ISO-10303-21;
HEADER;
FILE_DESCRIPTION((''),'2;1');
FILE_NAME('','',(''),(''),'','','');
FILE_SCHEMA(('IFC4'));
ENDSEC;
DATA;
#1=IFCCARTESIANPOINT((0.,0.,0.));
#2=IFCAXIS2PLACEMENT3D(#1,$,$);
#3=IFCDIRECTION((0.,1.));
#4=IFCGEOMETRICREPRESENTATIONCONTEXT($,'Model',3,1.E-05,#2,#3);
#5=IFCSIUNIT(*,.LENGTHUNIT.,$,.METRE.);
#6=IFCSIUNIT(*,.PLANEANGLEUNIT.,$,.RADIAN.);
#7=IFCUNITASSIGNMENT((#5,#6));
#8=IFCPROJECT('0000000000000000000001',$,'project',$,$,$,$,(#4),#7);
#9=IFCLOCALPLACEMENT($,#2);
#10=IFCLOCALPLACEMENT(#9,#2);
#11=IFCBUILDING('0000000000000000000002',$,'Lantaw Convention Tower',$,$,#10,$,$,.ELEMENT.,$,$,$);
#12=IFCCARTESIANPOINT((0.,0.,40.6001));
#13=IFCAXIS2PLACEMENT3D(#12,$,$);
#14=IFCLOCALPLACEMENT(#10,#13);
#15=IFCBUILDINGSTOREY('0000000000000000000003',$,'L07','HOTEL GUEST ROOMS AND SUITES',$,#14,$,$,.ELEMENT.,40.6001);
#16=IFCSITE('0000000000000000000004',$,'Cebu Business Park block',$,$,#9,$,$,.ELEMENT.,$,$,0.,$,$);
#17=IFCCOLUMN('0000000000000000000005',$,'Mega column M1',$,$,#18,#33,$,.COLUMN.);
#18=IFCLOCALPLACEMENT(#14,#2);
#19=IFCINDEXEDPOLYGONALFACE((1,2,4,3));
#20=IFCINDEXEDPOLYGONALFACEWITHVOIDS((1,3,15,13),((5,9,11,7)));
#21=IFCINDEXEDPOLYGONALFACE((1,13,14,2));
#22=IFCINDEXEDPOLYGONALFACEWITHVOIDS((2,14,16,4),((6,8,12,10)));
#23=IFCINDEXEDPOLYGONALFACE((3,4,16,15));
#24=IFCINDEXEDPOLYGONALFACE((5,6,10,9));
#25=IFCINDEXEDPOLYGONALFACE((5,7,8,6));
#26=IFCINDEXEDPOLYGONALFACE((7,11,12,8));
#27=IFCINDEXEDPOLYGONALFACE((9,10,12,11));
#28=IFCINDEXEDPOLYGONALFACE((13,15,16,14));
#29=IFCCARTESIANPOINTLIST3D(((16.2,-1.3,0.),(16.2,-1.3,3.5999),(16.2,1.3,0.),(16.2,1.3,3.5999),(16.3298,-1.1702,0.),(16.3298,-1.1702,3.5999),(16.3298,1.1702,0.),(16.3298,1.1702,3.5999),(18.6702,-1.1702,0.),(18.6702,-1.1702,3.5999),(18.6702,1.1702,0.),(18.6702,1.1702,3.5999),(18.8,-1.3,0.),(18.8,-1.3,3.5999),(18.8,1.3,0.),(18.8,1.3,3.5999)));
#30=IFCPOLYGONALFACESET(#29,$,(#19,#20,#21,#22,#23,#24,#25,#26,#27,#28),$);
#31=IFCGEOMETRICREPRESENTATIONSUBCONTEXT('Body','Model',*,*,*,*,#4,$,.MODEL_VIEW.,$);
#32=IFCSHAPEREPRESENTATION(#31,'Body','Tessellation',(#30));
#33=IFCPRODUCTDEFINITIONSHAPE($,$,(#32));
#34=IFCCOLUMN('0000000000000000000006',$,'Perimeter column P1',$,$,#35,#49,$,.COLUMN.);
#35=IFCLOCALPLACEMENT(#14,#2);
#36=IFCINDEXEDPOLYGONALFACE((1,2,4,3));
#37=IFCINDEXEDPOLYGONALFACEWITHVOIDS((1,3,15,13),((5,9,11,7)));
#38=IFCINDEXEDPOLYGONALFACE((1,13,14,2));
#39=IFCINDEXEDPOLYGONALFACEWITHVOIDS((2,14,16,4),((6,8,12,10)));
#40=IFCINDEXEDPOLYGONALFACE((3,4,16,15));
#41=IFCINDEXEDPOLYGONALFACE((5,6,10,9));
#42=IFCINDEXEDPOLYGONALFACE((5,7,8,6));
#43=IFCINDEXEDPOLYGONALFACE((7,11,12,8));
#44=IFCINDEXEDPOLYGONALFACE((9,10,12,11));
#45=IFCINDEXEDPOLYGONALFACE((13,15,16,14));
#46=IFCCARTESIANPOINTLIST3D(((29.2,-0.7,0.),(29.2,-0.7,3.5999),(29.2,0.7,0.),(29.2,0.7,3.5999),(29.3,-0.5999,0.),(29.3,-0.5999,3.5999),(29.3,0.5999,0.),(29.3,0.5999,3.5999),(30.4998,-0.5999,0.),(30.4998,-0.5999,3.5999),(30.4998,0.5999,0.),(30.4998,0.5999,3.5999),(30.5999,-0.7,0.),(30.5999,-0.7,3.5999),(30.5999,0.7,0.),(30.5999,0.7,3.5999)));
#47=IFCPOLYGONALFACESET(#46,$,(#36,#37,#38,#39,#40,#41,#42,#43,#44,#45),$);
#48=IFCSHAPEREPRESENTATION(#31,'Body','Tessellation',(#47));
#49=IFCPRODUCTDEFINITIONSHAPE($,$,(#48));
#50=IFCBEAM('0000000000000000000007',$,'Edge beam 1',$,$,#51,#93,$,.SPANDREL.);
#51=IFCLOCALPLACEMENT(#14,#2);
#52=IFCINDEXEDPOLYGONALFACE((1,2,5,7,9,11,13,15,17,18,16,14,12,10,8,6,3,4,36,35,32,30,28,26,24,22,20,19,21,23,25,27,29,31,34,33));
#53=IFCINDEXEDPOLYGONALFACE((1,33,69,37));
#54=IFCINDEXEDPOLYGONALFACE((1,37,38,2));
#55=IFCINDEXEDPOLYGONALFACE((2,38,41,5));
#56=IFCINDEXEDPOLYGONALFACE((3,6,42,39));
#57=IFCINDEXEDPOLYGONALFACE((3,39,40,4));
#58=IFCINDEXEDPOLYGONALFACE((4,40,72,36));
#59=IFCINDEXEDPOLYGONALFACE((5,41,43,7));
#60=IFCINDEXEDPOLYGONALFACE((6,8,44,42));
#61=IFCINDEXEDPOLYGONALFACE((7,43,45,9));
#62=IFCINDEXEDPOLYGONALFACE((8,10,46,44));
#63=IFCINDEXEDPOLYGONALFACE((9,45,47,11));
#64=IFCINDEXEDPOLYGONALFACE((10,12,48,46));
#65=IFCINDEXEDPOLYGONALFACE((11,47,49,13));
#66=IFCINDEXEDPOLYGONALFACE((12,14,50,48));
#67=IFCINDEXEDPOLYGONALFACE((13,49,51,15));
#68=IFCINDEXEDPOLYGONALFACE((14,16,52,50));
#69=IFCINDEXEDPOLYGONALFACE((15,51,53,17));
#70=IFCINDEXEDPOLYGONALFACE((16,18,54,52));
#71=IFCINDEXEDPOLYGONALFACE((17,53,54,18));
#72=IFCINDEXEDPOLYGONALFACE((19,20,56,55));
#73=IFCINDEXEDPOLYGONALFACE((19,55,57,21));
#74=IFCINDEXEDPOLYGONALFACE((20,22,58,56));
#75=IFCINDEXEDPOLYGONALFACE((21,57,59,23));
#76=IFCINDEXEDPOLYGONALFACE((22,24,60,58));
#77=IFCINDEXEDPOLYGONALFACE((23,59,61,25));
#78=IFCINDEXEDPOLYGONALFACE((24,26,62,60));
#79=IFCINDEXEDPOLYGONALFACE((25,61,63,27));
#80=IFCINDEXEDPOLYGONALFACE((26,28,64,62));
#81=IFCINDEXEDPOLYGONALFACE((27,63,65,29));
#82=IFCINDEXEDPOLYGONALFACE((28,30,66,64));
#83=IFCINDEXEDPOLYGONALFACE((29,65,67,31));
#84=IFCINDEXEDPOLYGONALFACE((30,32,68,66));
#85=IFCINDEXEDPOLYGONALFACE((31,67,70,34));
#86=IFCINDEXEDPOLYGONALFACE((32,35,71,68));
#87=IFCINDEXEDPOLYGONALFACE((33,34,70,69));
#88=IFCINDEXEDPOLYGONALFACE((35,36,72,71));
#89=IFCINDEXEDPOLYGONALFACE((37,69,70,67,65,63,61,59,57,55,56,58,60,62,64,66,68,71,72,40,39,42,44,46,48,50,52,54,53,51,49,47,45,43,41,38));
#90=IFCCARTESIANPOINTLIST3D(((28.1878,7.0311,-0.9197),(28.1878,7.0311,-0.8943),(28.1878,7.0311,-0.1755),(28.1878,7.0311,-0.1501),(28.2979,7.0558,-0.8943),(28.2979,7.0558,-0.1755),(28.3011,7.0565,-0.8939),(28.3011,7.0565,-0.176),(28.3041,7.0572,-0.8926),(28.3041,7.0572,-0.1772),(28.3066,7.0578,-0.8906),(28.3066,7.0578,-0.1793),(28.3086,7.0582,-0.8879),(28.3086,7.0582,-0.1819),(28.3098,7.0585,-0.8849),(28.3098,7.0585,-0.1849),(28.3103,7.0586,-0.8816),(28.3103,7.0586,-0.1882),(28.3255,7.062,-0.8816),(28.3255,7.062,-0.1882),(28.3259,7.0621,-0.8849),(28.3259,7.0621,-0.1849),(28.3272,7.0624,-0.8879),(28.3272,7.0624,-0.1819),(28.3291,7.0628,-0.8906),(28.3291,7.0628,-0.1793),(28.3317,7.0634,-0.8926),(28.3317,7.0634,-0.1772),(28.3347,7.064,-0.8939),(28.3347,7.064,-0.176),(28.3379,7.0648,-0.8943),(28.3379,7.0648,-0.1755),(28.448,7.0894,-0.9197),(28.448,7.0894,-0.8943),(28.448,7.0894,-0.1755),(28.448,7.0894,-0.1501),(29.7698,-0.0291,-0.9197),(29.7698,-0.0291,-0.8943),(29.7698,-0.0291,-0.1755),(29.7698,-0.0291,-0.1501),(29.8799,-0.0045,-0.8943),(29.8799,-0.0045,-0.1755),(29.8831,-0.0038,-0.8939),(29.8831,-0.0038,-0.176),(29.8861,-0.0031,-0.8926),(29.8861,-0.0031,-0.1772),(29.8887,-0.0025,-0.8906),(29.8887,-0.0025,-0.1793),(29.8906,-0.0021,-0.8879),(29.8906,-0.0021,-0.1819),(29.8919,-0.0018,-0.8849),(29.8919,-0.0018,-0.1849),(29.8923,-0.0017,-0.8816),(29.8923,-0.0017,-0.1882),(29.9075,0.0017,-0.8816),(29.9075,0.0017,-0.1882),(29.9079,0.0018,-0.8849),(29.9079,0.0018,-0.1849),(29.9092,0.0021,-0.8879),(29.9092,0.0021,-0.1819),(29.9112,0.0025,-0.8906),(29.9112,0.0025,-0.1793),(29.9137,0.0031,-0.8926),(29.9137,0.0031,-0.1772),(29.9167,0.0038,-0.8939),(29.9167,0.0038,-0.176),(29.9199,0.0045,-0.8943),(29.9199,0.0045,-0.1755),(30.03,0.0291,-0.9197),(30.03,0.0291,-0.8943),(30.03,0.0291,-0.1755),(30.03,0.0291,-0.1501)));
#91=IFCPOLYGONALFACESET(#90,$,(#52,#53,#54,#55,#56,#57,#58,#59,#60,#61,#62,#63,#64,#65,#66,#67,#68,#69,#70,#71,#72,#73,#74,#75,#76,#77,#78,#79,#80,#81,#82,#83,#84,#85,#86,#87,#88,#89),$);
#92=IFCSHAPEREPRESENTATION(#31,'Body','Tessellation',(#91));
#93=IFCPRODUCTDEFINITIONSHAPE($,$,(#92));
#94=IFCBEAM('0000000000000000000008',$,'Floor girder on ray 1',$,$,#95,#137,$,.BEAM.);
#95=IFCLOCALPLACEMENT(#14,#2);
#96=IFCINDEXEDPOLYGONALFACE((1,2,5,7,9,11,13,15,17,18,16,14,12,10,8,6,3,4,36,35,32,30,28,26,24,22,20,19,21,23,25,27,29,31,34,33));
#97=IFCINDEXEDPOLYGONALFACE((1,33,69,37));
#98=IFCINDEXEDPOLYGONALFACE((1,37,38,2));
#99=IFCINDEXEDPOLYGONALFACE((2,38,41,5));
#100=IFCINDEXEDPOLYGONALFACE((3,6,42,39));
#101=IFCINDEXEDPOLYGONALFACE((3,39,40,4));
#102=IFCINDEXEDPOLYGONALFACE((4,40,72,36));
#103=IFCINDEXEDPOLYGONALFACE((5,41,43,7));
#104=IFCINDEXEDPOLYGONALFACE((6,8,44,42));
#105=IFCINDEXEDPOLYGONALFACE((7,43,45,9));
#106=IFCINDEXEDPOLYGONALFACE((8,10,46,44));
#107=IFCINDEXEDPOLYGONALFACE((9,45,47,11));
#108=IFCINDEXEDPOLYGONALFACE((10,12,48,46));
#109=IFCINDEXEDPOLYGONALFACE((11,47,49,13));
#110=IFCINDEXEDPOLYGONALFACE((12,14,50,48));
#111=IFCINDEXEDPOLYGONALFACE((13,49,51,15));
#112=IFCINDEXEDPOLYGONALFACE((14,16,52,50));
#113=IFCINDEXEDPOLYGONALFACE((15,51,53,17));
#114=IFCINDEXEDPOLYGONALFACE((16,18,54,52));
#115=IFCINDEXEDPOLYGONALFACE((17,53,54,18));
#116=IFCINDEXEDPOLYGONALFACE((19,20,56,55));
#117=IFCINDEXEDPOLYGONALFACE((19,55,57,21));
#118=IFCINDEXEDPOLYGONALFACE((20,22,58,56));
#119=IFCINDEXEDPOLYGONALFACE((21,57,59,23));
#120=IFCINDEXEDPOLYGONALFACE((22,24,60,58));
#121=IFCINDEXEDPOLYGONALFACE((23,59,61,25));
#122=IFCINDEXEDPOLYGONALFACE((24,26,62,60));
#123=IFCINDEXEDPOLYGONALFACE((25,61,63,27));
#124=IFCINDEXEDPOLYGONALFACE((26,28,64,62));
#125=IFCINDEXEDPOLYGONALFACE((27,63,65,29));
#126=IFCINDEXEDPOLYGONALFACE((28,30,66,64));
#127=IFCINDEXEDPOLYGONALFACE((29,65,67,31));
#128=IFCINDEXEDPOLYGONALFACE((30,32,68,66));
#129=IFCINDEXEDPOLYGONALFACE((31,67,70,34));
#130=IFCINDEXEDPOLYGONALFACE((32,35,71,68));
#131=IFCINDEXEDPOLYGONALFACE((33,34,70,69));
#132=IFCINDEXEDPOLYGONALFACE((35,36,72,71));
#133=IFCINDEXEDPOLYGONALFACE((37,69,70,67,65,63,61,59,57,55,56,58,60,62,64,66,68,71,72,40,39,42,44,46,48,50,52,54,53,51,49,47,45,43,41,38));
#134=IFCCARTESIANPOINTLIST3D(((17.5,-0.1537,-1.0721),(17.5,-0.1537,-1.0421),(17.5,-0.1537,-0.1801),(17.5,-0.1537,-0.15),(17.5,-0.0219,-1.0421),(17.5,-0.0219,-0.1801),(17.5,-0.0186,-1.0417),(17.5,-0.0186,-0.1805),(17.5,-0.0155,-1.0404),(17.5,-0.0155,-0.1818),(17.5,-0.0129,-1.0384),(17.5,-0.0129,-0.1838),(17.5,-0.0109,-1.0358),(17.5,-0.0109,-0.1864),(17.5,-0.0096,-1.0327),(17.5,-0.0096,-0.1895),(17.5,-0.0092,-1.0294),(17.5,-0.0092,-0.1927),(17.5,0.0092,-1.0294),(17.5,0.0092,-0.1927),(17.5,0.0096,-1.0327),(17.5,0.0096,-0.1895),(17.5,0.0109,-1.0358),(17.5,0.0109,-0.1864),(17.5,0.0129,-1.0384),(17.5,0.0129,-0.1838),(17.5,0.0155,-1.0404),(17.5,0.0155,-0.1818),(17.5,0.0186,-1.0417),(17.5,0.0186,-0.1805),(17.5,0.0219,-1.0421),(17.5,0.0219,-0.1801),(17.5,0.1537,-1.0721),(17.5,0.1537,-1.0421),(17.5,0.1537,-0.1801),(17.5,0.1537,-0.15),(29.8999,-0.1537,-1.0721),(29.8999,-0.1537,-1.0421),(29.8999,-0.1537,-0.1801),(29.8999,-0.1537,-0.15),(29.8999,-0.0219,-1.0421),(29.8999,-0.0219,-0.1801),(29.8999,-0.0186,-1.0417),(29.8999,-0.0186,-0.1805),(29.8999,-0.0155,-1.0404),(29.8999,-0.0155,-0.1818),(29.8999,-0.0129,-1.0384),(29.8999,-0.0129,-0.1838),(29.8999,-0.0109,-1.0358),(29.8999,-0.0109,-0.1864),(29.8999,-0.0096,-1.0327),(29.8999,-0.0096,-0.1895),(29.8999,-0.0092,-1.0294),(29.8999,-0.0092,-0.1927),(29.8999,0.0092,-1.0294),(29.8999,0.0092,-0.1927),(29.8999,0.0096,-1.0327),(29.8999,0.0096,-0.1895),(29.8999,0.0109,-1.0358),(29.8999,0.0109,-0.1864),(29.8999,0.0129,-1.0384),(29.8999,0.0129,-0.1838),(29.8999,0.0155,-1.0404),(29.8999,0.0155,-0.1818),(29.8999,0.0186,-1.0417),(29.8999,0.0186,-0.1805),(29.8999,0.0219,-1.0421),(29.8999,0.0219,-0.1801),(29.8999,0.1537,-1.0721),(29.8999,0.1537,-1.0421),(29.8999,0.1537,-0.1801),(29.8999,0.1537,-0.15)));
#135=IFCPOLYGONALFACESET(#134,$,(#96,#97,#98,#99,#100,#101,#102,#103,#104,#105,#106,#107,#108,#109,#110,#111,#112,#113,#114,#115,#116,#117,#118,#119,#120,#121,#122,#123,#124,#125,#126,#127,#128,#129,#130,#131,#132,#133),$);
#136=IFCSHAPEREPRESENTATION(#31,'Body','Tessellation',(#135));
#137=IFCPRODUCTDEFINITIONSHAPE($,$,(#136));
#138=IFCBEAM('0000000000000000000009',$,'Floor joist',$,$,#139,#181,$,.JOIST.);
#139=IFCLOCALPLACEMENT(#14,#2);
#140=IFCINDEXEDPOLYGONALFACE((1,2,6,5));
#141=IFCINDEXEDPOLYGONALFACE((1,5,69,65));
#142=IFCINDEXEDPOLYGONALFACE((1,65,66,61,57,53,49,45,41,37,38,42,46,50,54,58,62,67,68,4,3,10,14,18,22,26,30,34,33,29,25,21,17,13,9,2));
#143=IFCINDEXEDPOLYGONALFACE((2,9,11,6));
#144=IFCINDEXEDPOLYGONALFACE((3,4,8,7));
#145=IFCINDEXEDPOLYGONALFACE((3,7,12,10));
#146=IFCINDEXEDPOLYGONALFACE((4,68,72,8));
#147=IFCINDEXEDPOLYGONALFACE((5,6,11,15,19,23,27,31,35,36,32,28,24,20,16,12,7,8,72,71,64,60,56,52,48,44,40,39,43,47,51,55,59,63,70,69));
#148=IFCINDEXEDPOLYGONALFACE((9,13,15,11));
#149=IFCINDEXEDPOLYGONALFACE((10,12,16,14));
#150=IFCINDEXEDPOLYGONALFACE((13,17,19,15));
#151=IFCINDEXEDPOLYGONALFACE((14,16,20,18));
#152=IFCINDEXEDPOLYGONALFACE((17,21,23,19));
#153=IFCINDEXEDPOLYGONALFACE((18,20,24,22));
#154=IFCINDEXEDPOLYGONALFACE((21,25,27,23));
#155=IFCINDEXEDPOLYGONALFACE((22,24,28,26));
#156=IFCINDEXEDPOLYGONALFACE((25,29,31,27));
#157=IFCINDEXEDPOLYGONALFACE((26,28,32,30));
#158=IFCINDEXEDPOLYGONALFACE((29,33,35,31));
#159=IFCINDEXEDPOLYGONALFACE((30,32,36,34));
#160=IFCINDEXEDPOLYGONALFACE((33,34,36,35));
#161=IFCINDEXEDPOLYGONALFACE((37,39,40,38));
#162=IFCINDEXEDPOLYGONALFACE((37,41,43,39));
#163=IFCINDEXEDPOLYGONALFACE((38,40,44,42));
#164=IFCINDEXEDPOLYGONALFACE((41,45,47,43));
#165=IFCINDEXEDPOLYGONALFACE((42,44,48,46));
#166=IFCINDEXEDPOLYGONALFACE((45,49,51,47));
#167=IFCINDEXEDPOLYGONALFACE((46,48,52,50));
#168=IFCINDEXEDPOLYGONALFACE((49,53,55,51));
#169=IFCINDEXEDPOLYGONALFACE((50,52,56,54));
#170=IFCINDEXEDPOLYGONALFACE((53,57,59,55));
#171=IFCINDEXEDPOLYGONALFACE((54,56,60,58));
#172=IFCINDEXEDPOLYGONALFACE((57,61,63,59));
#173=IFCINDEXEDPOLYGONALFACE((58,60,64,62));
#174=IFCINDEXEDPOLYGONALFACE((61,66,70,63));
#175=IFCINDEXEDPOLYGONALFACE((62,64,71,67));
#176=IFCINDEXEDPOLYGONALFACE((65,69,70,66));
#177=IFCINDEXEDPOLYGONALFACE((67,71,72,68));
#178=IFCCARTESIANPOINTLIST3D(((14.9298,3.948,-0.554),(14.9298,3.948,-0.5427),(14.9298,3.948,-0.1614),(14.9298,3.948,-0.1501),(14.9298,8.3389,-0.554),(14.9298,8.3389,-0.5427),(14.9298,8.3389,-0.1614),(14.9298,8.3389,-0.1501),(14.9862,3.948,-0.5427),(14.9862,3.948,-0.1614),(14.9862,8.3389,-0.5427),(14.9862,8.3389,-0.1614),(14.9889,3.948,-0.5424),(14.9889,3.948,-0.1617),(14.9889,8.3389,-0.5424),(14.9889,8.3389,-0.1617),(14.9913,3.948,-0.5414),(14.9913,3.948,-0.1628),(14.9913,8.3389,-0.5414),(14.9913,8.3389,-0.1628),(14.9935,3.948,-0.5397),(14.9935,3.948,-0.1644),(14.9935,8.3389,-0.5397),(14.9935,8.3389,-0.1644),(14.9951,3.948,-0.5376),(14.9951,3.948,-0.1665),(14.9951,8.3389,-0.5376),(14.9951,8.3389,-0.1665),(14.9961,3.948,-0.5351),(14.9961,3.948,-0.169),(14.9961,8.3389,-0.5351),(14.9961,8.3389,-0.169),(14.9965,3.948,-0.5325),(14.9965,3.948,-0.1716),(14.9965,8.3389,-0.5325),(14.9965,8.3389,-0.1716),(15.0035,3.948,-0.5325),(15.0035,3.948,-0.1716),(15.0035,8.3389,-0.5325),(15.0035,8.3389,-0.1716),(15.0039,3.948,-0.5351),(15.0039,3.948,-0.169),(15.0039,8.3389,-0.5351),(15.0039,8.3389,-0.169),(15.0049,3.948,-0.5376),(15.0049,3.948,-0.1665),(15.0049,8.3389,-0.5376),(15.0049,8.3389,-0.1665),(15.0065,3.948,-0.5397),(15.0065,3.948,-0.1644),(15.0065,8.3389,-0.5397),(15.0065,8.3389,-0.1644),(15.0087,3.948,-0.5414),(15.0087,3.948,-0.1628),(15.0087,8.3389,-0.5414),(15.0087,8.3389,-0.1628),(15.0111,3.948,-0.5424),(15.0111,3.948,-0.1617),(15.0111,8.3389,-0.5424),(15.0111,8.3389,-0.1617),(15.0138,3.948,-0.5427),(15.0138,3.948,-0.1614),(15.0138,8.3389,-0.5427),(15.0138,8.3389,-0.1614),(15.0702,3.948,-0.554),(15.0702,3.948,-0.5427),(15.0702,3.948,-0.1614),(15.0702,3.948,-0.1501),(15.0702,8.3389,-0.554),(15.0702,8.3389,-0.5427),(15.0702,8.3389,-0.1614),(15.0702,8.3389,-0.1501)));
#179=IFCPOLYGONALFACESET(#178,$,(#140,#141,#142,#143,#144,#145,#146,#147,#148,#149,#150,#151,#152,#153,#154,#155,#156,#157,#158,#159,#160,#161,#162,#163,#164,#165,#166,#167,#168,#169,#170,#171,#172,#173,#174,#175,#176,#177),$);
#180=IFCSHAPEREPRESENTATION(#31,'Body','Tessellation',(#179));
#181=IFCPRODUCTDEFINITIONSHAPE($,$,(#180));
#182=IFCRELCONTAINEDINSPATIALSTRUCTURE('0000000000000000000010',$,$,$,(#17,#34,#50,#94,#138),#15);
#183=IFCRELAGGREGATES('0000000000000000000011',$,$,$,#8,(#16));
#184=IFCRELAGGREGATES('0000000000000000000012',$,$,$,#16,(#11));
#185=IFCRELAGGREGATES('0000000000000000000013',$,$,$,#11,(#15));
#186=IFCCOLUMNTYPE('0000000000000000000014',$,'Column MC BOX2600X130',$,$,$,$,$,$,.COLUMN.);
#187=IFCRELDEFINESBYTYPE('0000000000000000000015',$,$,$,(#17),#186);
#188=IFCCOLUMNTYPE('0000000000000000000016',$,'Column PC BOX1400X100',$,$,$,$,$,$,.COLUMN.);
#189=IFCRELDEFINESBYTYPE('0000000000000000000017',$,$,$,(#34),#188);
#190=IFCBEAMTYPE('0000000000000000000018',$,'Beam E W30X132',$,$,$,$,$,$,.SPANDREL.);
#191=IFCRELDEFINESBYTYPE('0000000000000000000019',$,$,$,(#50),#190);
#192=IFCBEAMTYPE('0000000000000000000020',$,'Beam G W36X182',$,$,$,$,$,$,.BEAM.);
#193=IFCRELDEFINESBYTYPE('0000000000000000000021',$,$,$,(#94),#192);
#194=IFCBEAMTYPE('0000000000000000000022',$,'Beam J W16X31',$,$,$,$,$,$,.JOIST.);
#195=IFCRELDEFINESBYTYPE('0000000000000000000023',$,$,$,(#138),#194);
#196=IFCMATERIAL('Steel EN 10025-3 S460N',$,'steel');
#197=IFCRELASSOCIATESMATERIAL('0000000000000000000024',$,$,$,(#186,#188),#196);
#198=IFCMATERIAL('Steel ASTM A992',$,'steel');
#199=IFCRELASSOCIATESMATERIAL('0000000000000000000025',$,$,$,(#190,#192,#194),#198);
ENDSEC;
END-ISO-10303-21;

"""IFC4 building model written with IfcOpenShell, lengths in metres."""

from ifc_helpers import new_model, si_unit, direction, frame, origin, origin_2d, place, context, subcontext, project, spatial, rectangle, hollow_rectangle, i_section, extrude, material, material_profile, profile_set, type_object, element, save


model = new_model("IFC4")

# Units and contexts
model_context = context("Model", 3, precision=1e-05, world=origin(), true_north=direction((0.0, 1.0)))
body_context = subcontext(model_context, "Body", "Model", "MODEL_VIEW")
ifc_project = project(units=[si_unit("LENGTHUNIT", "METRE"), si_unit("PLANEANGLEUNIT", "RADIAN")], contexts=[model_context])

# Site, building, storey
site_placement = place(None, origin())
site = spatial("IfcSite", under=ifc_project, at=site_placement, Name="Cebu Business Park block", CompositionType="ELEMENT", RefElevation=0.0)
building_placement = place(site_placement, origin())
building = spatial("IfcBuilding", under=site, at=building_placement, Name="Lantaw Convention Tower", CompositionType="ELEMENT")
storey_placement = place(building_placement, frame((0.0, 0.0, 40.6001)))
storey = spatial("IfcBuildingStorey", under=building, at=storey_placement, Name="L07", Description="HOTEL GUEST ROOMS AND SUITES", CompositionType="ELEMENT", Elevation=40.6001)

# Columns
ifc_material_1 = material(Name="Steel EN 10025-3 S460N", Category="steel")
ifc_material_profile_1 = material_profile(ifc_material_1, hollow_rectangle(XDim=2.6001, YDim=2.6001, WallThickness=0.1299, at=origin_2d()), Name="BOX2600X130")
ifc_material_2 = material(Name="Concrete C60/75", Category="concrete")
ifc_material_profile_2 = material_profile(ifc_material_2, rectangle(XDim=2.3401, YDim=2.3401, at=origin_2d()), Name="Concrete fill of BOX2600X130")
ifc_profile_set_1 = profile_set([ifc_material_profile_1, ifc_material_profile_2], Name="Steel EN 10025-3 S460N")
column_type_1 = type_object("IfcColumnType", Name="Column MC BOX2600X130", PredefinedType="COLUMN", material=ifc_profile_set_1)
column_1_placement = place(storey_placement, frame((17.5, 0.0, 0.0), z_axis=(0.0, 0.0, 1.0), x_axis=(1.0, 0.0, 0.0)))
element("IfcColumn", 1, at=column_1_placement, inside=storey, type_object=column_type_1, Name="Mega column M1", PredefinedType="COLUMN", context=body_context, shape_type="SweptSolid", body=[
    extrude(hollow_rectangle(XDim=2.6001, YDim=2.6001, WallThickness=0.1299, at=origin_2d()), origin(), (0.0, 0.0, 1.0), 3.5999),
])
ifc_material_profile_3 = material_profile(ifc_material_1, hollow_rectangle(XDim=1.3999, YDim=1.3999, WallThickness=0.1001, at=origin_2d()), Name="BOX1400X100")
ifc_material_profile_4 = material_profile(ifc_material_2, rectangle(XDim=1.2, YDim=1.2, at=origin_2d()), Name="Concrete fill of BOX1400X100")
ifc_profile_set_2 = profile_set([ifc_material_profile_3, ifc_material_profile_4], Name="Steel EN 10025-3 S460N")
column_type_2 = type_object("IfcColumnType", Name="Column PC BOX1400X100", PredefinedType="COLUMN", material=ifc_profile_set_2)
column_2_placement = place(storey_placement, frame((29.8999, 0.0, 0.0), z_axis=(0.0, 0.0, 1.0), x_axis=(1.0, 0.0, 0.0)))
element("IfcColumn", 2, at=column_2_placement, inside=storey, type_object=column_type_2, Name="Perimeter column P1", PredefinedType="COLUMN", context=body_context, shape_type="SweptSolid", body=[
    extrude(hollow_rectangle(XDim=1.3999, YDim=1.3999, WallThickness=0.1001, at=origin_2d()), origin(), (0.0, 0.0, 1.0), 3.5999),
])

# Beams
ifc_material_3 = material(Name="Steel ASTM A992", Category="steel")
ifc_material_profile_5 = material_profile(ifc_material_3, i_section(OverallWidth=0.2666, OverallDepth=0.7695, WebThickness=0.0156, FlangeThickness=0.0254, FilletRadius=0.0127, at=origin_2d()), Name="W30X132")
ifc_profile_set_3 = profile_set([ifc_material_profile_5], Name="Steel ASTM A992")
beam_type_1 = type_object("IfcBeamType", Name="Beam E W30X132", PredefinedType="SPANDREL", material=ifc_profile_set_3)
beam_1_placement = place(storey_placement, frame((29.8999, 0.0, -0.5349), z_axis=(-0.218652, 0.975803, 0.0), x_axis=(-0.975803, -0.218652, 0.0)))
element("IfcBeam", 3, at=beam_1_placement, inside=storey, type_object=beam_type_1, Name="Edge beam 1", PredefinedType="SPANDREL", context=body_context, shape_type="SweptSolid", body=[
    extrude(i_section(OverallWidth=0.2666, OverallDepth=0.7695, WebThickness=0.0156, FlangeThickness=0.0254, FilletRadius=0.0127, at=origin_2d()), origin(), (0.0, 0.0, 1.0), 7.2354),
])
ifc_material_profile_6 = material_profile(ifc_material_3, i_section(OverallWidth=0.3074, OverallDepth=0.9221, WebThickness=0.0183, FlangeThickness=0.03, FilletRadius=0.0127, at=origin_2d()), Name="W36X182")
ifc_profile_set_4 = profile_set([ifc_material_profile_6], Name="Steel ASTM A992")
beam_type_2 = type_object("IfcBeamType", Name="Beam G W36X182", PredefinedType="BEAM", material=ifc_profile_set_4)
beam_2_placement = place(storey_placement, frame((17.5, 0.0, -0.6111), z_axis=(1.0, 0.0, 0.0), x_axis=(0.0, 1.0, 0.0)))
element("IfcBeam", 4, at=beam_2_placement, inside=storey, type_object=beam_type_2, Name="Floor girder on ray 1", PredefinedType="BEAM", context=body_context, shape_type="SweptSolid", body=[
    extrude(i_section(OverallWidth=0.3074, OverallDepth=0.9221, WebThickness=0.0183, FlangeThickness=0.03, FilletRadius=0.0127, at=origin_2d()), origin(), (0.0, 0.0, 1.0), 12.3999),
])
ifc_material_profile_7 = material_profile(ifc_material_3, i_section(OverallWidth=0.1404, OverallDepth=0.4038, WebThickness=0.0071, FlangeThickness=0.0112, FilletRadius=0.0103, at=origin_2d()), Name="W16X31")
ifc_profile_set_5 = profile_set([ifc_material_profile_7], Name="Steel ASTM A992")
beam_type_3 = type_object("IfcBeamType", Name="Beam J W16X31", PredefinedType="JOIST", material=ifc_profile_set_5)
beam_3_placement = place(storey_placement, frame((15.0, 3.948, -0.3521), z_axis=(0.0, 1.0, 0.0), x_axis=(-1.0, 0.0, 0.0)))
element("IfcBeam", 5, at=beam_3_placement, inside=storey, type_object=beam_type_3, Name="Floor joist", PredefinedType="JOIST", context=body_context, shape_type="SweptSolid", body=[
    extrude(i_section(OverallWidth=0.1404, OverallDepth=0.4038, WebThickness=0.0071, FlangeThickness=0.0112, FilletRadius=0.0103, at=origin_2d()), origin(), (0.0, 0.0, 1.0), 4.3909),
])

save(model, "model.ifc")
